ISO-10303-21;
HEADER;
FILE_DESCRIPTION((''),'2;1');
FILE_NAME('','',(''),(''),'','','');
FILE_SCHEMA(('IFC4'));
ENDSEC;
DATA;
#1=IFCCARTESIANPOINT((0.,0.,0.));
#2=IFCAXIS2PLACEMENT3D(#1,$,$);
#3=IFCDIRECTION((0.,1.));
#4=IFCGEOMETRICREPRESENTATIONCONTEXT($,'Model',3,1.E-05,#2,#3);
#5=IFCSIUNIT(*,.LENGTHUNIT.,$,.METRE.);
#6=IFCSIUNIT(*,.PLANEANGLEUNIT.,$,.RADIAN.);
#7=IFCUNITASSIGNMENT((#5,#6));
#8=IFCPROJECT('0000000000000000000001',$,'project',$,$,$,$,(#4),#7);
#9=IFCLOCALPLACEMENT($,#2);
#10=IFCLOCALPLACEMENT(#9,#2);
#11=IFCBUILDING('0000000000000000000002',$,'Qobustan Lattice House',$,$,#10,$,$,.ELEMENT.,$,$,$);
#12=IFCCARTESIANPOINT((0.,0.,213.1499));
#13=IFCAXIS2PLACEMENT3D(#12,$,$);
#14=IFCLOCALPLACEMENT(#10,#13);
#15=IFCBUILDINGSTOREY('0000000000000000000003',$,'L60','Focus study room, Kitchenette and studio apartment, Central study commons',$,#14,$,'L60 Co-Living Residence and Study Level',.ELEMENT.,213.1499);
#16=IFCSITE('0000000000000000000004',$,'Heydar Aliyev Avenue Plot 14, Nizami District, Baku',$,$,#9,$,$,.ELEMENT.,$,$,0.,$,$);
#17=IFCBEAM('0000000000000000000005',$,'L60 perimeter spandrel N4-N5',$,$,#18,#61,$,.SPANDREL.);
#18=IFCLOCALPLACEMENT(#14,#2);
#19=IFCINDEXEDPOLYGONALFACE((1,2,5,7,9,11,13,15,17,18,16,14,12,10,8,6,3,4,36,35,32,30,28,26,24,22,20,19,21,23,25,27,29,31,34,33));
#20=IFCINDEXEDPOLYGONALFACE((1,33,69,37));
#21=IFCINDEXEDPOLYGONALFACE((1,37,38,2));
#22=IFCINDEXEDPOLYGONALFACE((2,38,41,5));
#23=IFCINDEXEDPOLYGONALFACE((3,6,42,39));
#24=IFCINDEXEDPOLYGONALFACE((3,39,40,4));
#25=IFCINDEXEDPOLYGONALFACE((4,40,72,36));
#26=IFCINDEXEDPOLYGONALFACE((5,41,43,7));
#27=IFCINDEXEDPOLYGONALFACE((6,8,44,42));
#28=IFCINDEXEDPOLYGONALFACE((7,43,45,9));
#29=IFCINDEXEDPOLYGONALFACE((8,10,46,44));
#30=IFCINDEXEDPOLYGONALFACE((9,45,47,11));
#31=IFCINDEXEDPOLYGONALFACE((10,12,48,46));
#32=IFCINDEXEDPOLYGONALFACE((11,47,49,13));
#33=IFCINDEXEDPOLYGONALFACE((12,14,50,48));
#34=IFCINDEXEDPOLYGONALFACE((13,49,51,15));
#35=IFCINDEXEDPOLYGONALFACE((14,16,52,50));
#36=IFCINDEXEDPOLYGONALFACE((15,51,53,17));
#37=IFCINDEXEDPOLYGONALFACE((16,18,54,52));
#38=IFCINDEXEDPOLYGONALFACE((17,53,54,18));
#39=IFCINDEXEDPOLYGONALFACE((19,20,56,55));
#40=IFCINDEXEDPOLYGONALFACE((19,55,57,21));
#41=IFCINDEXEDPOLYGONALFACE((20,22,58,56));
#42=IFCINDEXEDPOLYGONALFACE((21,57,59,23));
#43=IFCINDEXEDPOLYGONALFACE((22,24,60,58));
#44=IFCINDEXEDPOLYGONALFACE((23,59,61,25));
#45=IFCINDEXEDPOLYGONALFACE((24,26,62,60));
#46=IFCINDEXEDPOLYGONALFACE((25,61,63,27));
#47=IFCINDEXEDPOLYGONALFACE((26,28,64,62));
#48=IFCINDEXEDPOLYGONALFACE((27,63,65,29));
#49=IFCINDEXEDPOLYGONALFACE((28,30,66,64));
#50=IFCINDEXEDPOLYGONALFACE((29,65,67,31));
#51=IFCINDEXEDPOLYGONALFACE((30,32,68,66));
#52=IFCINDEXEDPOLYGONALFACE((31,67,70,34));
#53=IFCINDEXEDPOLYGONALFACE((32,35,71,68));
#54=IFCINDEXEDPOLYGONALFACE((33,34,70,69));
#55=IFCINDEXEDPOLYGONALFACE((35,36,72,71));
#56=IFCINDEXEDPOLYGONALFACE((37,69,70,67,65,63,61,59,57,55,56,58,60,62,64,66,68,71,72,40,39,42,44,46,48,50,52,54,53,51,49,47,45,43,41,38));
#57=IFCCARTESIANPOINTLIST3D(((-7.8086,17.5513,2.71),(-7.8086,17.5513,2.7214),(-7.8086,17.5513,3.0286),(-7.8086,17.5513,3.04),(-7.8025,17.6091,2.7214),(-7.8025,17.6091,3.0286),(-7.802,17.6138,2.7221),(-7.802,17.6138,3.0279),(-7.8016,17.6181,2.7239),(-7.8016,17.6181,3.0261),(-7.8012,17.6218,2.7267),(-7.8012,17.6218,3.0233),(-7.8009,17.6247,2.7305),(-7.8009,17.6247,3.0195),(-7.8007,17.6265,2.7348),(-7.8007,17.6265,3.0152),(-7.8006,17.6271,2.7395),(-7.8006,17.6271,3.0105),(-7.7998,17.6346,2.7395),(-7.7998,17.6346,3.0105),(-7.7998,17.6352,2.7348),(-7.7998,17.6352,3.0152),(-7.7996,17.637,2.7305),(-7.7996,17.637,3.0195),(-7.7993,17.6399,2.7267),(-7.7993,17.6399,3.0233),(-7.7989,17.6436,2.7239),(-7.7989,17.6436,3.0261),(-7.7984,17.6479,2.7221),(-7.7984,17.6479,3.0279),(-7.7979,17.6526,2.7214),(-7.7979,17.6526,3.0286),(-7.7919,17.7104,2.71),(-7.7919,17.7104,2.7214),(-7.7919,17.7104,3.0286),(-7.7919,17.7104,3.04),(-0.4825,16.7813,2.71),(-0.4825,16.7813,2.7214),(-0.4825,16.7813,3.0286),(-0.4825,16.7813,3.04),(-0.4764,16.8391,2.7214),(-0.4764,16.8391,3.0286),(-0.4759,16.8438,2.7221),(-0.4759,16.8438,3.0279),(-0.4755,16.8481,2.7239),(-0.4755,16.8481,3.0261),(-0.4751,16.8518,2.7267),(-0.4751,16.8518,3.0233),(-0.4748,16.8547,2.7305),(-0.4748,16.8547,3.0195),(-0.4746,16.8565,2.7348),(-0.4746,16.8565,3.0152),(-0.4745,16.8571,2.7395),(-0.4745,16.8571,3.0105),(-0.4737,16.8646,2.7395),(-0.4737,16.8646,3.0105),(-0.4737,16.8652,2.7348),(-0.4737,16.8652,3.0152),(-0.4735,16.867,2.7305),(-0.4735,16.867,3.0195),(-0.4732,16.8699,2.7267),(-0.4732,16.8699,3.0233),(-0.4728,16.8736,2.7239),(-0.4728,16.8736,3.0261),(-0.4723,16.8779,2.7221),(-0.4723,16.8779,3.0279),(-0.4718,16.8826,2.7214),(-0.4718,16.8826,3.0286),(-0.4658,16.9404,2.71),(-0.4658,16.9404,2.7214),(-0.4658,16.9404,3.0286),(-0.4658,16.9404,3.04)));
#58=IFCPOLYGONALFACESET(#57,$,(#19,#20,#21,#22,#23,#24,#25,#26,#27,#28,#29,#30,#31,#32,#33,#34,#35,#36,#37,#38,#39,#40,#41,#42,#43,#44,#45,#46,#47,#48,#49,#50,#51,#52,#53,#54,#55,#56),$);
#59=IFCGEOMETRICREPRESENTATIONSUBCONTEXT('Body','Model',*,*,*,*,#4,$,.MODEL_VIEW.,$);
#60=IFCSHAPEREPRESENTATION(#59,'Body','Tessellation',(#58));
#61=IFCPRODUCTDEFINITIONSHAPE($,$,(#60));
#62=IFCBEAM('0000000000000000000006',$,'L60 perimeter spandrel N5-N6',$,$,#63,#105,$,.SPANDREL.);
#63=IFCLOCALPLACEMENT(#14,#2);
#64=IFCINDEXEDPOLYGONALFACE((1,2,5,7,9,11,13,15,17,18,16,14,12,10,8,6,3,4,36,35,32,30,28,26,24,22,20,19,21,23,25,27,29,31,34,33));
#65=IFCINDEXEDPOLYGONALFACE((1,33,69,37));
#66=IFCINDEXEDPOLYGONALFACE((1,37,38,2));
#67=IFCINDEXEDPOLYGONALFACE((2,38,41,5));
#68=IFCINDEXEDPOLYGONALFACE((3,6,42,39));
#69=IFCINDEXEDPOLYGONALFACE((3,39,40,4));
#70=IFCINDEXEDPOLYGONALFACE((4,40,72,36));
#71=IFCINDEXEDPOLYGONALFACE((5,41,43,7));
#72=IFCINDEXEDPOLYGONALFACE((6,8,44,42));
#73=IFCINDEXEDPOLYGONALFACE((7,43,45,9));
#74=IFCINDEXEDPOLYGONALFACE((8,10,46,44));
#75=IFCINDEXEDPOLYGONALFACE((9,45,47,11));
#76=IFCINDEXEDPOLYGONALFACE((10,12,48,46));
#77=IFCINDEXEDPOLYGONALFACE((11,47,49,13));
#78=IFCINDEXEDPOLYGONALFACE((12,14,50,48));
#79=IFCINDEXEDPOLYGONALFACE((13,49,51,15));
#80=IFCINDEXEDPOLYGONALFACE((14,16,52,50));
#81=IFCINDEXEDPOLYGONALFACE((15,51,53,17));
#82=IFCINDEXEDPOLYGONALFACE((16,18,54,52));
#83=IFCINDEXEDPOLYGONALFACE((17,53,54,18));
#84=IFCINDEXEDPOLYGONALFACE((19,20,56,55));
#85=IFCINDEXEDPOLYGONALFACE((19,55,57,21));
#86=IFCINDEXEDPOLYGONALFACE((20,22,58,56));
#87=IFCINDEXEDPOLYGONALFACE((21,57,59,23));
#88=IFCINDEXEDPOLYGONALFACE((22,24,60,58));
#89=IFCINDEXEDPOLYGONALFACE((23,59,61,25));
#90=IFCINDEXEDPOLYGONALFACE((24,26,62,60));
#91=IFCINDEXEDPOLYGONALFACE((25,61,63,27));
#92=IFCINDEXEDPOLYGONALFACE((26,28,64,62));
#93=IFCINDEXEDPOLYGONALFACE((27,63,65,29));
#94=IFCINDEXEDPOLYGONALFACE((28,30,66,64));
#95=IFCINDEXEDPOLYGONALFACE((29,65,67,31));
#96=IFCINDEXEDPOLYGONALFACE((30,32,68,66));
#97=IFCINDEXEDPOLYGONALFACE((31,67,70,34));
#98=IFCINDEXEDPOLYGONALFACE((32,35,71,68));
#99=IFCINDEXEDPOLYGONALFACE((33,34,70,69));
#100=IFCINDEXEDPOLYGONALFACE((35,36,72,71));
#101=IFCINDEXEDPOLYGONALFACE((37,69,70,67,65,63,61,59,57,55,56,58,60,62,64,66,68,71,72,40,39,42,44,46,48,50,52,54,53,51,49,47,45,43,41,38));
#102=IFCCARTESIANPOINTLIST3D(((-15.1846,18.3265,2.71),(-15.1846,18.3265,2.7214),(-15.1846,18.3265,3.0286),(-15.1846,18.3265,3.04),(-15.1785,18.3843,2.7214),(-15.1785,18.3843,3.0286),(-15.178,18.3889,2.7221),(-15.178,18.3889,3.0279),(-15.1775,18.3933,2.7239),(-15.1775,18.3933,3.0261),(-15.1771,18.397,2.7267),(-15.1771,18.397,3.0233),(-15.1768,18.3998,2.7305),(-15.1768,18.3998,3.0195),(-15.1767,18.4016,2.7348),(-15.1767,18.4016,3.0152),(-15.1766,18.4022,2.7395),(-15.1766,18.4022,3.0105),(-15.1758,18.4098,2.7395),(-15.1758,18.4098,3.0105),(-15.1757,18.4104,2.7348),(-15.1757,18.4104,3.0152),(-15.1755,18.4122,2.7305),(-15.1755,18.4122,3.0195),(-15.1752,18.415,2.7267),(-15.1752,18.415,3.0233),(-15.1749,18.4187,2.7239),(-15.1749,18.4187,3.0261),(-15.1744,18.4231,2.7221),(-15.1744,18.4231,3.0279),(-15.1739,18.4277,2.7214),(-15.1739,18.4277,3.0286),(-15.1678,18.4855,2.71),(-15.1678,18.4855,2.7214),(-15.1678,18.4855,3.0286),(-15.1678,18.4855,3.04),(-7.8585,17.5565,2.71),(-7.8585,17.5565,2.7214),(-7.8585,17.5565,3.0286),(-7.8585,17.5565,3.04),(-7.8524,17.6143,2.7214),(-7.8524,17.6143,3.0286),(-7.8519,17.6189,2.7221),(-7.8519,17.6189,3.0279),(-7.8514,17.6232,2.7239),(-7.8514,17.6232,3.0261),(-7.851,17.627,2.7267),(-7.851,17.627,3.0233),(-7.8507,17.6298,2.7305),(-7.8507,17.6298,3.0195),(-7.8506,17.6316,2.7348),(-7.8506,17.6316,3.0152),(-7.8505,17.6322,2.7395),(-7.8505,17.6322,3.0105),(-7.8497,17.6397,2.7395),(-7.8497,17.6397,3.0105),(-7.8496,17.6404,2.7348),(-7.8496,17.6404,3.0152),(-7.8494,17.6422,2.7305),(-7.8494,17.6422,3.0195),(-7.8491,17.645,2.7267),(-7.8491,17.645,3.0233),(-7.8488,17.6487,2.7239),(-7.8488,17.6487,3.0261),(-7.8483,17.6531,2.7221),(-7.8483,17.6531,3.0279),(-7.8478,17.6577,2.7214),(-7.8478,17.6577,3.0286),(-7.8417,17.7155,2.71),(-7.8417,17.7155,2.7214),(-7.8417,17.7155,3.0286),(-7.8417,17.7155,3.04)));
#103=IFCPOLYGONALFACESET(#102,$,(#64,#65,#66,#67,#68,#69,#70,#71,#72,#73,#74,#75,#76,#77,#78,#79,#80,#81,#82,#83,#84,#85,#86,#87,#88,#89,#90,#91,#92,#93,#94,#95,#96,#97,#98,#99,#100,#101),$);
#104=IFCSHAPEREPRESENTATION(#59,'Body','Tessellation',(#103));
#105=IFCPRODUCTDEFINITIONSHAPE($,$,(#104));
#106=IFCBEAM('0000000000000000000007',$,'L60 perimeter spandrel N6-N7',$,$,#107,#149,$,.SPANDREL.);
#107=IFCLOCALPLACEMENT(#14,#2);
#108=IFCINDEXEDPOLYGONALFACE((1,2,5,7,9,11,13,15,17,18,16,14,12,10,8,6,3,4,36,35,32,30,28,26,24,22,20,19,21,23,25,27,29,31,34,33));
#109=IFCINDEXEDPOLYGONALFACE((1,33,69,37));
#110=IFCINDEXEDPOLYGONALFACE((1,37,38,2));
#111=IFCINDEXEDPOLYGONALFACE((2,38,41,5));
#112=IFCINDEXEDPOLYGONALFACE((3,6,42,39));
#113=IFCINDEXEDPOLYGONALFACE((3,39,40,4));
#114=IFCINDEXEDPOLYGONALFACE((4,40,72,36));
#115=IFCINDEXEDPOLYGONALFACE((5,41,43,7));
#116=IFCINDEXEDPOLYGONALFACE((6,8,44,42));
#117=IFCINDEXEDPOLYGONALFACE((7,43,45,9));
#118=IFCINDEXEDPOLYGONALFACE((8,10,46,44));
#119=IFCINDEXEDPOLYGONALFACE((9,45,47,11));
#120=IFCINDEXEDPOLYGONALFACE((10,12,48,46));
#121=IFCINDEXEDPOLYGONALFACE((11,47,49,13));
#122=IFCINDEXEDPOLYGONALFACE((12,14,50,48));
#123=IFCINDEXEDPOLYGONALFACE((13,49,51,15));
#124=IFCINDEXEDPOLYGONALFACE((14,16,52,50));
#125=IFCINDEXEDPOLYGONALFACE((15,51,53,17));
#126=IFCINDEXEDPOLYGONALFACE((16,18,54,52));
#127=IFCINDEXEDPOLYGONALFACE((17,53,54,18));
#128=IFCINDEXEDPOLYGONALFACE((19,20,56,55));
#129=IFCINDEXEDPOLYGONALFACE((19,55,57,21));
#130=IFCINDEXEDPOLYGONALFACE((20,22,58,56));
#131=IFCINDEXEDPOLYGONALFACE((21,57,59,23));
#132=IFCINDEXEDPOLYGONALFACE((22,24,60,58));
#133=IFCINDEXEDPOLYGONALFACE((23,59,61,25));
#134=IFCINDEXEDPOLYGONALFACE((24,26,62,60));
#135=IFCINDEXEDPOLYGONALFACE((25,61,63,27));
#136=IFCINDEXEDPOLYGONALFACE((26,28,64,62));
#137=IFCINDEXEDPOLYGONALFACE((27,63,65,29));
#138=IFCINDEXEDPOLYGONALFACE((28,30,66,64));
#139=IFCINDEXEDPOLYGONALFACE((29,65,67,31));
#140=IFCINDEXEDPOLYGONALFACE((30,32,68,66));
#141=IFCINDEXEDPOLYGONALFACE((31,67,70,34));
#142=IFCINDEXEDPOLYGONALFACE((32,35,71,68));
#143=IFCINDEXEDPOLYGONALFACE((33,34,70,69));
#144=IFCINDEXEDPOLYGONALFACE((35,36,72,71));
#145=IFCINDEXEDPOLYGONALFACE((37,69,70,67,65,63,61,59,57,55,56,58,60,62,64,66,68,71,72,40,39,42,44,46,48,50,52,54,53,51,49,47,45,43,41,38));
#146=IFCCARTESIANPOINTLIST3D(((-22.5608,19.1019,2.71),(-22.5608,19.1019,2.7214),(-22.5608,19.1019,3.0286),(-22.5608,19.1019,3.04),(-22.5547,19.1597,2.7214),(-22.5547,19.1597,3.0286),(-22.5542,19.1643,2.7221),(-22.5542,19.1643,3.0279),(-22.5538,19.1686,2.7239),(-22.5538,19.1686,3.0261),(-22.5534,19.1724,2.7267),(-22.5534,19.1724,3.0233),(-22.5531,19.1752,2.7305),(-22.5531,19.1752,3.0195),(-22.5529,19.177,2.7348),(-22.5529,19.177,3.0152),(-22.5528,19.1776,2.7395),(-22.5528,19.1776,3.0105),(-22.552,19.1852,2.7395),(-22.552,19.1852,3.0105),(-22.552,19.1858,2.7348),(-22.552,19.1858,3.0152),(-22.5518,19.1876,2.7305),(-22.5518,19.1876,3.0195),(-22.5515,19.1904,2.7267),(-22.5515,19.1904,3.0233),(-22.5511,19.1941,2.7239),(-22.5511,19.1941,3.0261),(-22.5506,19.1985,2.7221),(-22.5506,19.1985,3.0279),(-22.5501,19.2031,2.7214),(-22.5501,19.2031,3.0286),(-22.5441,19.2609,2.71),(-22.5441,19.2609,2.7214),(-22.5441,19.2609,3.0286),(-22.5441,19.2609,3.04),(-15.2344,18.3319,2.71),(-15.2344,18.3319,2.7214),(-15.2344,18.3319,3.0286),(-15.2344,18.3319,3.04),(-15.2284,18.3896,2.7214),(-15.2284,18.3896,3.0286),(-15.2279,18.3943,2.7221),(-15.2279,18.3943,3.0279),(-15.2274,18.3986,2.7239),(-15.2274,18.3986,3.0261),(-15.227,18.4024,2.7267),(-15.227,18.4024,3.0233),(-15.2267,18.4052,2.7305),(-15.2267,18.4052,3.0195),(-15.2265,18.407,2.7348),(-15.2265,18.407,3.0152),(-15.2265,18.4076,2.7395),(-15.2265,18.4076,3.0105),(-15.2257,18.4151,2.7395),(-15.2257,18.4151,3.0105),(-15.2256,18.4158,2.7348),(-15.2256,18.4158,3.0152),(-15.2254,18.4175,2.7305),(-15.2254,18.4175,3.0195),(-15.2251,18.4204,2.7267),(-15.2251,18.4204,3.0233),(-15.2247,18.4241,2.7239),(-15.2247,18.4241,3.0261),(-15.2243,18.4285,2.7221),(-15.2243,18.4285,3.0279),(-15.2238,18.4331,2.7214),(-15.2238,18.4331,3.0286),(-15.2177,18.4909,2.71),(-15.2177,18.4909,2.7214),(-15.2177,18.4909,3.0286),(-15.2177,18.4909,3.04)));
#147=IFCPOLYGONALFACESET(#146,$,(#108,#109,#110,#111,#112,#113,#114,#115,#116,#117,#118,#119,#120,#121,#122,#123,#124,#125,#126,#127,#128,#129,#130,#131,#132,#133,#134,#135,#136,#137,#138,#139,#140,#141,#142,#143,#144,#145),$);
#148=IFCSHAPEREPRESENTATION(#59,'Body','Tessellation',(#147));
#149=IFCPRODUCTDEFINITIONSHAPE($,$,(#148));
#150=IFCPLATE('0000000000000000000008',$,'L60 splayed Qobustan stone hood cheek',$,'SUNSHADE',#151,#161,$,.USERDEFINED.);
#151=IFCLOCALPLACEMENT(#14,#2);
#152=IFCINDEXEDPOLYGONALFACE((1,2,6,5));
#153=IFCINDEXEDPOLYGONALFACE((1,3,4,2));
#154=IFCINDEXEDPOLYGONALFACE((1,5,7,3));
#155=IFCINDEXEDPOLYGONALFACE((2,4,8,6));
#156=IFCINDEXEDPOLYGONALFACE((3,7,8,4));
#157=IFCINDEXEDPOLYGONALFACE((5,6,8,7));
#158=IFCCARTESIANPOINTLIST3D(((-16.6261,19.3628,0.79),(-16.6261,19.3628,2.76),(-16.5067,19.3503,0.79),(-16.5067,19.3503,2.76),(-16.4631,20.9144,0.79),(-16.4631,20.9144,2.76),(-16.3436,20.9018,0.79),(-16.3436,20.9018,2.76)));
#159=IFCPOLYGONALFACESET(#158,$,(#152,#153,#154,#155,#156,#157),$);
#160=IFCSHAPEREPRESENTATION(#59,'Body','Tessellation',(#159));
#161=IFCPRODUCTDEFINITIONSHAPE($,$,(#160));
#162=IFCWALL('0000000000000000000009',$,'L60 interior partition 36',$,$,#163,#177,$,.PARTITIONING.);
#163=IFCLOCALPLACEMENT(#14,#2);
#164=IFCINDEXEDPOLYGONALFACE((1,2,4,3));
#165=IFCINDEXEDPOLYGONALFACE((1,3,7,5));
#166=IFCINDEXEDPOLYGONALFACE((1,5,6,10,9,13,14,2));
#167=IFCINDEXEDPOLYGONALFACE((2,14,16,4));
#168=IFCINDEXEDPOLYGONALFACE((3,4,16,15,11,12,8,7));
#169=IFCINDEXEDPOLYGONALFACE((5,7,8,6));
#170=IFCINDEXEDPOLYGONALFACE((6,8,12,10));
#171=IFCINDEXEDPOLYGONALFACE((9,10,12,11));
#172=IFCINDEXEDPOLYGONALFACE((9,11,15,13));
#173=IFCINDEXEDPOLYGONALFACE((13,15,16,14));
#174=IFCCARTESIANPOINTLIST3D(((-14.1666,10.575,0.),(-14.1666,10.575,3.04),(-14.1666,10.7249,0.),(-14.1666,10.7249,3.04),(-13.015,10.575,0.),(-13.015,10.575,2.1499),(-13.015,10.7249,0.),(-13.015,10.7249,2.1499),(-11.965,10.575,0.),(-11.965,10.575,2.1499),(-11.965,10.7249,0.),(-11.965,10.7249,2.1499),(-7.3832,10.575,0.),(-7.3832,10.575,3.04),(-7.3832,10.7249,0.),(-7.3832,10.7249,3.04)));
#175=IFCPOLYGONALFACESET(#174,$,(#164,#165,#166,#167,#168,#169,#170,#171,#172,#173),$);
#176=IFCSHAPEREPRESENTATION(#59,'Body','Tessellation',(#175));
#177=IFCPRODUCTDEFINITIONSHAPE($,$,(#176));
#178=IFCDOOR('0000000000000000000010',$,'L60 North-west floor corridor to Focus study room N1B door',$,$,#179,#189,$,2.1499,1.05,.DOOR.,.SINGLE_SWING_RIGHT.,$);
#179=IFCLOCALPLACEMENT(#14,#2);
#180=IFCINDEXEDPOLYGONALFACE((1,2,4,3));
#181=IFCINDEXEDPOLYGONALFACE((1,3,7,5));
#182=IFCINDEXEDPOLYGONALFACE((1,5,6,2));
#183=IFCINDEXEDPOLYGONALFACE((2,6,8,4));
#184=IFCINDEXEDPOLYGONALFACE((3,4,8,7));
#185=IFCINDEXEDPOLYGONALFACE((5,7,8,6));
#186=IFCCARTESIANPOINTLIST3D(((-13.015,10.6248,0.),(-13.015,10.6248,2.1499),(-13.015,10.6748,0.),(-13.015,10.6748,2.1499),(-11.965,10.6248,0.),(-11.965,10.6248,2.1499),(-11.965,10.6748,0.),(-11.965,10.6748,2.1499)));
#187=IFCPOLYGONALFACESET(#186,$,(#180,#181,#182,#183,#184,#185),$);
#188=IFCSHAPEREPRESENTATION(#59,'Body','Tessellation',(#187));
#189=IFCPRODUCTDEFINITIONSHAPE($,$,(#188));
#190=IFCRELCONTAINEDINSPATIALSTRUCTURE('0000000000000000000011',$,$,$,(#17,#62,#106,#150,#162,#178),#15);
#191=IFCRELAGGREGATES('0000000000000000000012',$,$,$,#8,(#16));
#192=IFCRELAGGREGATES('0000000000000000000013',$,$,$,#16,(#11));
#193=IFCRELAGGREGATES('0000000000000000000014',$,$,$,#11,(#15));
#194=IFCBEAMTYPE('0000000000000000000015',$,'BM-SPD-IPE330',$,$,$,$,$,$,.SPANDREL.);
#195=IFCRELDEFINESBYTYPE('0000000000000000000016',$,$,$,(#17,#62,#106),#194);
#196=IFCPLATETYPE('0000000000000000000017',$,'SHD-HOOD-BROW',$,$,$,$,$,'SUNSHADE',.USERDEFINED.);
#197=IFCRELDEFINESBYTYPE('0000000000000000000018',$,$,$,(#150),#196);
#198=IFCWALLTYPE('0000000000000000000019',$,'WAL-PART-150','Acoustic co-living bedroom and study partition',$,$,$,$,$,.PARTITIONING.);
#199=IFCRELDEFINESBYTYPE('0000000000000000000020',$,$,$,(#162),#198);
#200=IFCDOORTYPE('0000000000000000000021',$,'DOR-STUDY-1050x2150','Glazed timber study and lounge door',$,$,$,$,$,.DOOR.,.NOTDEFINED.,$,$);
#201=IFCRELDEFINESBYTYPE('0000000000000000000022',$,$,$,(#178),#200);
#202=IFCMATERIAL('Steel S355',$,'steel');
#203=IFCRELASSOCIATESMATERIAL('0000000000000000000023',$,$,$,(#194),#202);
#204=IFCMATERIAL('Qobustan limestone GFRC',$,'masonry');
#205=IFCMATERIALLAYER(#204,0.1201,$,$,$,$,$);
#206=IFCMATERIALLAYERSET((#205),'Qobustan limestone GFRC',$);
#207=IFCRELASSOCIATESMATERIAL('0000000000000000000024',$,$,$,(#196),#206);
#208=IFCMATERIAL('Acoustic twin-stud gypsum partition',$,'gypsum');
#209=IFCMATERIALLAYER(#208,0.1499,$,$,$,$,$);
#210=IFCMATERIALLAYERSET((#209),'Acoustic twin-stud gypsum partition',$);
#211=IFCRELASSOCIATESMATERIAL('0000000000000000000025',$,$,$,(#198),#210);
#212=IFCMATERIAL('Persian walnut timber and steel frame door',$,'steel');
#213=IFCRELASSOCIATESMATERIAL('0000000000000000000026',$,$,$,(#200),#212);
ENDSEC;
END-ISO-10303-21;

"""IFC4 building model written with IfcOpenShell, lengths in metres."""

from ifc_helpers import new_model, si_unit, direction, frame, frame_2d, origin, origin_2d, place, context, subcontext, project, spatial, rectangle, i_section, extrude, material, layer, layer_set, material_profile, profile_set, type_object, element, fill, save


model = new_model("IFC4")

# Units and contexts
model_context = context("Model", 3, precision=1e-05, world=origin(), true_north=direction((0.0, 1.0)))
body_context = subcontext(model_context, "Body", "Model", "MODEL_VIEW")
ifc_project = project(units=[si_unit("LENGTHUNIT", "METRE"), si_unit("PLANEANGLEUNIT", "RADIAN")], contexts=[model_context])

# Site, building, storey
site_placement = place(None, origin())
site = spatial("IfcSite", under=ifc_project, at=site_placement, Name="Heydar Aliyev Avenue Plot 14, Nizami District, Baku", CompositionType="ELEMENT", RefElevation=0.0)
building_placement = place(site_placement, origin())
building = spatial("IfcBuilding", under=site, at=building_placement, Name="Qobustan Lattice House", CompositionType="ELEMENT")
storey_placement = place(building_placement, frame((0.0, 0.0, 213.1499)))
storey = spatial("IfcBuildingStorey", under=building, at=storey_placement, Name="L60", Description="Focus study room, Kitchenette and studio apartment, Central study commons", LongName="L60 Co-Living Residence and Study Level", CompositionType="ELEMENT", Elevation=213.1499)

# Beams
ifc_material_1 = material(Name="Steel S355", Category="steel")
ifc_material_profile_1 = material_profile(ifc_material_1, i_section(OverallWidth=0.1599, OverallDepth=0.3301, WebThickness=0.0076, FlangeThickness=0.0115, FilletRadius=0.0181, at=origin_2d()), Name="IPE330")
ifc_profile_set_1 = profile_set([ifc_material_profile_1], Name="Steel S355")
beam_type_1 = type_object("IfcBeamType", Name="BM-SPD-IPE330", PredefinedType="SPANDREL", material=ifc_profile_set_1)
for number, where, z_axis, x_axis, name in (
    (1, (-0.4741, 16.8608, 2.875), (-0.994522, 0.10453, 0.0), (-0.10453, -0.994522, 0.0), "L60 perimeter spandrel N4-N5"),
    (2, (-7.8501, 17.636, 2.875), (-0.994522, 0.10453, 0.0), (-0.10453, -0.994522, 0.0), "L60 perimeter spandrel N5-N6"),
):
    element("IfcBeam", number, at=place(storey_placement, frame(where, z_axis=z_axis, x_axis=x_axis)), inside=storey, type_object=beam_type_1, Name=name, PredefinedType="SPANDREL", context=body_context, shape_type="SweptSolid", body=[
        extrude(i_section(OverallWidth=0.1599, OverallDepth=0.3301, WebThickness=0.0076, FlangeThickness=0.0115, FilletRadius=0.0181, at=origin_2d()), origin(), (0.0, 0.0, 1.0), 7.3665),
    ])
beam_1_placement = place(storey_placement, frame((-15.2261, 18.4114, 2.875), z_axis=(-0.994522, 0.104526, 0.0), x_axis=(-0.104526, -0.994522, 0.0)))
element("IfcBeam", 3, at=beam_1_placement, inside=storey, type_object=beam_type_1, Name="L60 perimeter spandrel N6-N7", PredefinedType="SPANDREL", context=body_context, shape_type="SweptSolid", body=[
    extrude(i_section(OverallWidth=0.1599, OverallDepth=0.3301, WebThickness=0.0076, FlangeThickness=0.0115, FilletRadius=0.0181, at=origin_2d()), origin(), (0.0, 0.0, 1.0), 7.3667),
])

# Plate
ifc_material_2 = material(Name="Qobustan limestone GFRC", Category="masonry")
ifc_layer_1 = layer(ifc_material_2, 0.1201)
ifc_layer_set_1 = layer_set([ifc_layer_1], Name="Qobustan limestone GFRC")
plate_type = type_object("IfcPlateType", Name="SHD-HOOD-BROW", ElementType="SUNSHADE", PredefinedType="USERDEFINED", material=ifc_layer_set_1)
plate_placement = place(storey_placement, frame((-16.4849, 20.1323, 0.79), z_axis=(0.0, 0.0, 1.0), x_axis=(0.994522, -0.104528, 0.0)))
element("IfcPlate", 4, at=plate_placement, inside=storey, type_object=plate_type, Name="L60 splayed Qobustan stone hood cheek", ObjectType="SUNSHADE", PredefinedType="USERDEFINED", context=body_context, shape_type="SweptSolid", body=[
    extrude(rectangle(XDim=0.1201, YDim=1.5601, at=origin_2d()), origin(), (0.0, 0.0, 1.0), 1.97),
])

# Wall, opening, door
ifc_material_3 = material(Name="Acoustic twin-stud gypsum partition", Category="gypsum")
ifc_layer_2 = layer(ifc_material_3, 0.1499)
ifc_layer_set_2 = layer_set([ifc_layer_2], Name="Acoustic twin-stud gypsum partition")
wall_type_1 = type_object("IfcWallType", Name="WAL-PART-150", Description="Acoustic co-living bedroom and study partition", PredefinedType="PARTITIONING", material=ifc_layer_set_2)
wall_1_placement = place(storey_placement, frame((-14.1665, 10.6499, 0.0), z_axis=(0.0, 0.0, 1.0), x_axis=(1.0, 0.0, 0.0)))
wall_1 = element("IfcWall", 5, at=wall_1_placement, inside=storey, type_object=wall_type_1, Name="L60 interior partition 36", PredefinedType="PARTITIONING", context=body_context, shape_type="SweptSolid", body=[
    extrude(rectangle(XDim=6.7834, YDim=0.1499, at=frame_2d((3.3916, 0.0))), origin(), (0.0, 0.0, 1.0), 3.04),
])
opening_1_placement = place(wall_1_placement, frame((1.1516, 0.0, 0.0)))
opening_1 = element("IfcOpeningElement", 6, at=opening_1_placement, cuts=wall_1, PredefinedType="OPENING", context=body_context, shape_type="SweptSolid", body=[
    extrude(rectangle(XDim=1.05, YDim=2.1499, at=frame_2d((0.5249, 1.075))), frame((0.0, 0.085, 0.0), z_axis=(0.0, -1.0, 0.0), x_axis=(1.0, 0.0, 0.0)), (0.0, 0.0, 1.0), 0.1699),
])
ifc_material_4 = material(Name="Persian walnut timber and steel frame door", Category="steel")
door_type_1 = type_object("IfcDoorType", Name="DOR-STUDY-1050x2150", Description="Glazed timber study and lounge door", OperationType="NOTDEFINED", PredefinedType="DOOR", material=ifc_material_4)
door_1_placement = place(opening_1_placement, origin())
door_1 = element("IfcDoor", 7, at=door_1_placement, inside=storey, type_object=door_type_1, Name="L60 North-west floor corridor to Focus study room N1B door", OperationType="SINGLE_SWING_RIGHT", OverallHeight=2.1499, OverallWidth=1.05, PredefinedType="DOOR", context=body_context, shape_type="SweptSolid", body=[
    extrude(rectangle(XDim=1.05, YDim=2.1499, at=frame_2d((0.5249, 1.075))), frame((0.0, 0.0249, 0.0), z_axis=(0.0, -1.0, 0.0), x_axis=(1.0, 0.0, 0.0)), (0.0, 0.0, 1.0), 0.05),
])
fill(opening_1, door_1)

save(model, "model.ifc")
